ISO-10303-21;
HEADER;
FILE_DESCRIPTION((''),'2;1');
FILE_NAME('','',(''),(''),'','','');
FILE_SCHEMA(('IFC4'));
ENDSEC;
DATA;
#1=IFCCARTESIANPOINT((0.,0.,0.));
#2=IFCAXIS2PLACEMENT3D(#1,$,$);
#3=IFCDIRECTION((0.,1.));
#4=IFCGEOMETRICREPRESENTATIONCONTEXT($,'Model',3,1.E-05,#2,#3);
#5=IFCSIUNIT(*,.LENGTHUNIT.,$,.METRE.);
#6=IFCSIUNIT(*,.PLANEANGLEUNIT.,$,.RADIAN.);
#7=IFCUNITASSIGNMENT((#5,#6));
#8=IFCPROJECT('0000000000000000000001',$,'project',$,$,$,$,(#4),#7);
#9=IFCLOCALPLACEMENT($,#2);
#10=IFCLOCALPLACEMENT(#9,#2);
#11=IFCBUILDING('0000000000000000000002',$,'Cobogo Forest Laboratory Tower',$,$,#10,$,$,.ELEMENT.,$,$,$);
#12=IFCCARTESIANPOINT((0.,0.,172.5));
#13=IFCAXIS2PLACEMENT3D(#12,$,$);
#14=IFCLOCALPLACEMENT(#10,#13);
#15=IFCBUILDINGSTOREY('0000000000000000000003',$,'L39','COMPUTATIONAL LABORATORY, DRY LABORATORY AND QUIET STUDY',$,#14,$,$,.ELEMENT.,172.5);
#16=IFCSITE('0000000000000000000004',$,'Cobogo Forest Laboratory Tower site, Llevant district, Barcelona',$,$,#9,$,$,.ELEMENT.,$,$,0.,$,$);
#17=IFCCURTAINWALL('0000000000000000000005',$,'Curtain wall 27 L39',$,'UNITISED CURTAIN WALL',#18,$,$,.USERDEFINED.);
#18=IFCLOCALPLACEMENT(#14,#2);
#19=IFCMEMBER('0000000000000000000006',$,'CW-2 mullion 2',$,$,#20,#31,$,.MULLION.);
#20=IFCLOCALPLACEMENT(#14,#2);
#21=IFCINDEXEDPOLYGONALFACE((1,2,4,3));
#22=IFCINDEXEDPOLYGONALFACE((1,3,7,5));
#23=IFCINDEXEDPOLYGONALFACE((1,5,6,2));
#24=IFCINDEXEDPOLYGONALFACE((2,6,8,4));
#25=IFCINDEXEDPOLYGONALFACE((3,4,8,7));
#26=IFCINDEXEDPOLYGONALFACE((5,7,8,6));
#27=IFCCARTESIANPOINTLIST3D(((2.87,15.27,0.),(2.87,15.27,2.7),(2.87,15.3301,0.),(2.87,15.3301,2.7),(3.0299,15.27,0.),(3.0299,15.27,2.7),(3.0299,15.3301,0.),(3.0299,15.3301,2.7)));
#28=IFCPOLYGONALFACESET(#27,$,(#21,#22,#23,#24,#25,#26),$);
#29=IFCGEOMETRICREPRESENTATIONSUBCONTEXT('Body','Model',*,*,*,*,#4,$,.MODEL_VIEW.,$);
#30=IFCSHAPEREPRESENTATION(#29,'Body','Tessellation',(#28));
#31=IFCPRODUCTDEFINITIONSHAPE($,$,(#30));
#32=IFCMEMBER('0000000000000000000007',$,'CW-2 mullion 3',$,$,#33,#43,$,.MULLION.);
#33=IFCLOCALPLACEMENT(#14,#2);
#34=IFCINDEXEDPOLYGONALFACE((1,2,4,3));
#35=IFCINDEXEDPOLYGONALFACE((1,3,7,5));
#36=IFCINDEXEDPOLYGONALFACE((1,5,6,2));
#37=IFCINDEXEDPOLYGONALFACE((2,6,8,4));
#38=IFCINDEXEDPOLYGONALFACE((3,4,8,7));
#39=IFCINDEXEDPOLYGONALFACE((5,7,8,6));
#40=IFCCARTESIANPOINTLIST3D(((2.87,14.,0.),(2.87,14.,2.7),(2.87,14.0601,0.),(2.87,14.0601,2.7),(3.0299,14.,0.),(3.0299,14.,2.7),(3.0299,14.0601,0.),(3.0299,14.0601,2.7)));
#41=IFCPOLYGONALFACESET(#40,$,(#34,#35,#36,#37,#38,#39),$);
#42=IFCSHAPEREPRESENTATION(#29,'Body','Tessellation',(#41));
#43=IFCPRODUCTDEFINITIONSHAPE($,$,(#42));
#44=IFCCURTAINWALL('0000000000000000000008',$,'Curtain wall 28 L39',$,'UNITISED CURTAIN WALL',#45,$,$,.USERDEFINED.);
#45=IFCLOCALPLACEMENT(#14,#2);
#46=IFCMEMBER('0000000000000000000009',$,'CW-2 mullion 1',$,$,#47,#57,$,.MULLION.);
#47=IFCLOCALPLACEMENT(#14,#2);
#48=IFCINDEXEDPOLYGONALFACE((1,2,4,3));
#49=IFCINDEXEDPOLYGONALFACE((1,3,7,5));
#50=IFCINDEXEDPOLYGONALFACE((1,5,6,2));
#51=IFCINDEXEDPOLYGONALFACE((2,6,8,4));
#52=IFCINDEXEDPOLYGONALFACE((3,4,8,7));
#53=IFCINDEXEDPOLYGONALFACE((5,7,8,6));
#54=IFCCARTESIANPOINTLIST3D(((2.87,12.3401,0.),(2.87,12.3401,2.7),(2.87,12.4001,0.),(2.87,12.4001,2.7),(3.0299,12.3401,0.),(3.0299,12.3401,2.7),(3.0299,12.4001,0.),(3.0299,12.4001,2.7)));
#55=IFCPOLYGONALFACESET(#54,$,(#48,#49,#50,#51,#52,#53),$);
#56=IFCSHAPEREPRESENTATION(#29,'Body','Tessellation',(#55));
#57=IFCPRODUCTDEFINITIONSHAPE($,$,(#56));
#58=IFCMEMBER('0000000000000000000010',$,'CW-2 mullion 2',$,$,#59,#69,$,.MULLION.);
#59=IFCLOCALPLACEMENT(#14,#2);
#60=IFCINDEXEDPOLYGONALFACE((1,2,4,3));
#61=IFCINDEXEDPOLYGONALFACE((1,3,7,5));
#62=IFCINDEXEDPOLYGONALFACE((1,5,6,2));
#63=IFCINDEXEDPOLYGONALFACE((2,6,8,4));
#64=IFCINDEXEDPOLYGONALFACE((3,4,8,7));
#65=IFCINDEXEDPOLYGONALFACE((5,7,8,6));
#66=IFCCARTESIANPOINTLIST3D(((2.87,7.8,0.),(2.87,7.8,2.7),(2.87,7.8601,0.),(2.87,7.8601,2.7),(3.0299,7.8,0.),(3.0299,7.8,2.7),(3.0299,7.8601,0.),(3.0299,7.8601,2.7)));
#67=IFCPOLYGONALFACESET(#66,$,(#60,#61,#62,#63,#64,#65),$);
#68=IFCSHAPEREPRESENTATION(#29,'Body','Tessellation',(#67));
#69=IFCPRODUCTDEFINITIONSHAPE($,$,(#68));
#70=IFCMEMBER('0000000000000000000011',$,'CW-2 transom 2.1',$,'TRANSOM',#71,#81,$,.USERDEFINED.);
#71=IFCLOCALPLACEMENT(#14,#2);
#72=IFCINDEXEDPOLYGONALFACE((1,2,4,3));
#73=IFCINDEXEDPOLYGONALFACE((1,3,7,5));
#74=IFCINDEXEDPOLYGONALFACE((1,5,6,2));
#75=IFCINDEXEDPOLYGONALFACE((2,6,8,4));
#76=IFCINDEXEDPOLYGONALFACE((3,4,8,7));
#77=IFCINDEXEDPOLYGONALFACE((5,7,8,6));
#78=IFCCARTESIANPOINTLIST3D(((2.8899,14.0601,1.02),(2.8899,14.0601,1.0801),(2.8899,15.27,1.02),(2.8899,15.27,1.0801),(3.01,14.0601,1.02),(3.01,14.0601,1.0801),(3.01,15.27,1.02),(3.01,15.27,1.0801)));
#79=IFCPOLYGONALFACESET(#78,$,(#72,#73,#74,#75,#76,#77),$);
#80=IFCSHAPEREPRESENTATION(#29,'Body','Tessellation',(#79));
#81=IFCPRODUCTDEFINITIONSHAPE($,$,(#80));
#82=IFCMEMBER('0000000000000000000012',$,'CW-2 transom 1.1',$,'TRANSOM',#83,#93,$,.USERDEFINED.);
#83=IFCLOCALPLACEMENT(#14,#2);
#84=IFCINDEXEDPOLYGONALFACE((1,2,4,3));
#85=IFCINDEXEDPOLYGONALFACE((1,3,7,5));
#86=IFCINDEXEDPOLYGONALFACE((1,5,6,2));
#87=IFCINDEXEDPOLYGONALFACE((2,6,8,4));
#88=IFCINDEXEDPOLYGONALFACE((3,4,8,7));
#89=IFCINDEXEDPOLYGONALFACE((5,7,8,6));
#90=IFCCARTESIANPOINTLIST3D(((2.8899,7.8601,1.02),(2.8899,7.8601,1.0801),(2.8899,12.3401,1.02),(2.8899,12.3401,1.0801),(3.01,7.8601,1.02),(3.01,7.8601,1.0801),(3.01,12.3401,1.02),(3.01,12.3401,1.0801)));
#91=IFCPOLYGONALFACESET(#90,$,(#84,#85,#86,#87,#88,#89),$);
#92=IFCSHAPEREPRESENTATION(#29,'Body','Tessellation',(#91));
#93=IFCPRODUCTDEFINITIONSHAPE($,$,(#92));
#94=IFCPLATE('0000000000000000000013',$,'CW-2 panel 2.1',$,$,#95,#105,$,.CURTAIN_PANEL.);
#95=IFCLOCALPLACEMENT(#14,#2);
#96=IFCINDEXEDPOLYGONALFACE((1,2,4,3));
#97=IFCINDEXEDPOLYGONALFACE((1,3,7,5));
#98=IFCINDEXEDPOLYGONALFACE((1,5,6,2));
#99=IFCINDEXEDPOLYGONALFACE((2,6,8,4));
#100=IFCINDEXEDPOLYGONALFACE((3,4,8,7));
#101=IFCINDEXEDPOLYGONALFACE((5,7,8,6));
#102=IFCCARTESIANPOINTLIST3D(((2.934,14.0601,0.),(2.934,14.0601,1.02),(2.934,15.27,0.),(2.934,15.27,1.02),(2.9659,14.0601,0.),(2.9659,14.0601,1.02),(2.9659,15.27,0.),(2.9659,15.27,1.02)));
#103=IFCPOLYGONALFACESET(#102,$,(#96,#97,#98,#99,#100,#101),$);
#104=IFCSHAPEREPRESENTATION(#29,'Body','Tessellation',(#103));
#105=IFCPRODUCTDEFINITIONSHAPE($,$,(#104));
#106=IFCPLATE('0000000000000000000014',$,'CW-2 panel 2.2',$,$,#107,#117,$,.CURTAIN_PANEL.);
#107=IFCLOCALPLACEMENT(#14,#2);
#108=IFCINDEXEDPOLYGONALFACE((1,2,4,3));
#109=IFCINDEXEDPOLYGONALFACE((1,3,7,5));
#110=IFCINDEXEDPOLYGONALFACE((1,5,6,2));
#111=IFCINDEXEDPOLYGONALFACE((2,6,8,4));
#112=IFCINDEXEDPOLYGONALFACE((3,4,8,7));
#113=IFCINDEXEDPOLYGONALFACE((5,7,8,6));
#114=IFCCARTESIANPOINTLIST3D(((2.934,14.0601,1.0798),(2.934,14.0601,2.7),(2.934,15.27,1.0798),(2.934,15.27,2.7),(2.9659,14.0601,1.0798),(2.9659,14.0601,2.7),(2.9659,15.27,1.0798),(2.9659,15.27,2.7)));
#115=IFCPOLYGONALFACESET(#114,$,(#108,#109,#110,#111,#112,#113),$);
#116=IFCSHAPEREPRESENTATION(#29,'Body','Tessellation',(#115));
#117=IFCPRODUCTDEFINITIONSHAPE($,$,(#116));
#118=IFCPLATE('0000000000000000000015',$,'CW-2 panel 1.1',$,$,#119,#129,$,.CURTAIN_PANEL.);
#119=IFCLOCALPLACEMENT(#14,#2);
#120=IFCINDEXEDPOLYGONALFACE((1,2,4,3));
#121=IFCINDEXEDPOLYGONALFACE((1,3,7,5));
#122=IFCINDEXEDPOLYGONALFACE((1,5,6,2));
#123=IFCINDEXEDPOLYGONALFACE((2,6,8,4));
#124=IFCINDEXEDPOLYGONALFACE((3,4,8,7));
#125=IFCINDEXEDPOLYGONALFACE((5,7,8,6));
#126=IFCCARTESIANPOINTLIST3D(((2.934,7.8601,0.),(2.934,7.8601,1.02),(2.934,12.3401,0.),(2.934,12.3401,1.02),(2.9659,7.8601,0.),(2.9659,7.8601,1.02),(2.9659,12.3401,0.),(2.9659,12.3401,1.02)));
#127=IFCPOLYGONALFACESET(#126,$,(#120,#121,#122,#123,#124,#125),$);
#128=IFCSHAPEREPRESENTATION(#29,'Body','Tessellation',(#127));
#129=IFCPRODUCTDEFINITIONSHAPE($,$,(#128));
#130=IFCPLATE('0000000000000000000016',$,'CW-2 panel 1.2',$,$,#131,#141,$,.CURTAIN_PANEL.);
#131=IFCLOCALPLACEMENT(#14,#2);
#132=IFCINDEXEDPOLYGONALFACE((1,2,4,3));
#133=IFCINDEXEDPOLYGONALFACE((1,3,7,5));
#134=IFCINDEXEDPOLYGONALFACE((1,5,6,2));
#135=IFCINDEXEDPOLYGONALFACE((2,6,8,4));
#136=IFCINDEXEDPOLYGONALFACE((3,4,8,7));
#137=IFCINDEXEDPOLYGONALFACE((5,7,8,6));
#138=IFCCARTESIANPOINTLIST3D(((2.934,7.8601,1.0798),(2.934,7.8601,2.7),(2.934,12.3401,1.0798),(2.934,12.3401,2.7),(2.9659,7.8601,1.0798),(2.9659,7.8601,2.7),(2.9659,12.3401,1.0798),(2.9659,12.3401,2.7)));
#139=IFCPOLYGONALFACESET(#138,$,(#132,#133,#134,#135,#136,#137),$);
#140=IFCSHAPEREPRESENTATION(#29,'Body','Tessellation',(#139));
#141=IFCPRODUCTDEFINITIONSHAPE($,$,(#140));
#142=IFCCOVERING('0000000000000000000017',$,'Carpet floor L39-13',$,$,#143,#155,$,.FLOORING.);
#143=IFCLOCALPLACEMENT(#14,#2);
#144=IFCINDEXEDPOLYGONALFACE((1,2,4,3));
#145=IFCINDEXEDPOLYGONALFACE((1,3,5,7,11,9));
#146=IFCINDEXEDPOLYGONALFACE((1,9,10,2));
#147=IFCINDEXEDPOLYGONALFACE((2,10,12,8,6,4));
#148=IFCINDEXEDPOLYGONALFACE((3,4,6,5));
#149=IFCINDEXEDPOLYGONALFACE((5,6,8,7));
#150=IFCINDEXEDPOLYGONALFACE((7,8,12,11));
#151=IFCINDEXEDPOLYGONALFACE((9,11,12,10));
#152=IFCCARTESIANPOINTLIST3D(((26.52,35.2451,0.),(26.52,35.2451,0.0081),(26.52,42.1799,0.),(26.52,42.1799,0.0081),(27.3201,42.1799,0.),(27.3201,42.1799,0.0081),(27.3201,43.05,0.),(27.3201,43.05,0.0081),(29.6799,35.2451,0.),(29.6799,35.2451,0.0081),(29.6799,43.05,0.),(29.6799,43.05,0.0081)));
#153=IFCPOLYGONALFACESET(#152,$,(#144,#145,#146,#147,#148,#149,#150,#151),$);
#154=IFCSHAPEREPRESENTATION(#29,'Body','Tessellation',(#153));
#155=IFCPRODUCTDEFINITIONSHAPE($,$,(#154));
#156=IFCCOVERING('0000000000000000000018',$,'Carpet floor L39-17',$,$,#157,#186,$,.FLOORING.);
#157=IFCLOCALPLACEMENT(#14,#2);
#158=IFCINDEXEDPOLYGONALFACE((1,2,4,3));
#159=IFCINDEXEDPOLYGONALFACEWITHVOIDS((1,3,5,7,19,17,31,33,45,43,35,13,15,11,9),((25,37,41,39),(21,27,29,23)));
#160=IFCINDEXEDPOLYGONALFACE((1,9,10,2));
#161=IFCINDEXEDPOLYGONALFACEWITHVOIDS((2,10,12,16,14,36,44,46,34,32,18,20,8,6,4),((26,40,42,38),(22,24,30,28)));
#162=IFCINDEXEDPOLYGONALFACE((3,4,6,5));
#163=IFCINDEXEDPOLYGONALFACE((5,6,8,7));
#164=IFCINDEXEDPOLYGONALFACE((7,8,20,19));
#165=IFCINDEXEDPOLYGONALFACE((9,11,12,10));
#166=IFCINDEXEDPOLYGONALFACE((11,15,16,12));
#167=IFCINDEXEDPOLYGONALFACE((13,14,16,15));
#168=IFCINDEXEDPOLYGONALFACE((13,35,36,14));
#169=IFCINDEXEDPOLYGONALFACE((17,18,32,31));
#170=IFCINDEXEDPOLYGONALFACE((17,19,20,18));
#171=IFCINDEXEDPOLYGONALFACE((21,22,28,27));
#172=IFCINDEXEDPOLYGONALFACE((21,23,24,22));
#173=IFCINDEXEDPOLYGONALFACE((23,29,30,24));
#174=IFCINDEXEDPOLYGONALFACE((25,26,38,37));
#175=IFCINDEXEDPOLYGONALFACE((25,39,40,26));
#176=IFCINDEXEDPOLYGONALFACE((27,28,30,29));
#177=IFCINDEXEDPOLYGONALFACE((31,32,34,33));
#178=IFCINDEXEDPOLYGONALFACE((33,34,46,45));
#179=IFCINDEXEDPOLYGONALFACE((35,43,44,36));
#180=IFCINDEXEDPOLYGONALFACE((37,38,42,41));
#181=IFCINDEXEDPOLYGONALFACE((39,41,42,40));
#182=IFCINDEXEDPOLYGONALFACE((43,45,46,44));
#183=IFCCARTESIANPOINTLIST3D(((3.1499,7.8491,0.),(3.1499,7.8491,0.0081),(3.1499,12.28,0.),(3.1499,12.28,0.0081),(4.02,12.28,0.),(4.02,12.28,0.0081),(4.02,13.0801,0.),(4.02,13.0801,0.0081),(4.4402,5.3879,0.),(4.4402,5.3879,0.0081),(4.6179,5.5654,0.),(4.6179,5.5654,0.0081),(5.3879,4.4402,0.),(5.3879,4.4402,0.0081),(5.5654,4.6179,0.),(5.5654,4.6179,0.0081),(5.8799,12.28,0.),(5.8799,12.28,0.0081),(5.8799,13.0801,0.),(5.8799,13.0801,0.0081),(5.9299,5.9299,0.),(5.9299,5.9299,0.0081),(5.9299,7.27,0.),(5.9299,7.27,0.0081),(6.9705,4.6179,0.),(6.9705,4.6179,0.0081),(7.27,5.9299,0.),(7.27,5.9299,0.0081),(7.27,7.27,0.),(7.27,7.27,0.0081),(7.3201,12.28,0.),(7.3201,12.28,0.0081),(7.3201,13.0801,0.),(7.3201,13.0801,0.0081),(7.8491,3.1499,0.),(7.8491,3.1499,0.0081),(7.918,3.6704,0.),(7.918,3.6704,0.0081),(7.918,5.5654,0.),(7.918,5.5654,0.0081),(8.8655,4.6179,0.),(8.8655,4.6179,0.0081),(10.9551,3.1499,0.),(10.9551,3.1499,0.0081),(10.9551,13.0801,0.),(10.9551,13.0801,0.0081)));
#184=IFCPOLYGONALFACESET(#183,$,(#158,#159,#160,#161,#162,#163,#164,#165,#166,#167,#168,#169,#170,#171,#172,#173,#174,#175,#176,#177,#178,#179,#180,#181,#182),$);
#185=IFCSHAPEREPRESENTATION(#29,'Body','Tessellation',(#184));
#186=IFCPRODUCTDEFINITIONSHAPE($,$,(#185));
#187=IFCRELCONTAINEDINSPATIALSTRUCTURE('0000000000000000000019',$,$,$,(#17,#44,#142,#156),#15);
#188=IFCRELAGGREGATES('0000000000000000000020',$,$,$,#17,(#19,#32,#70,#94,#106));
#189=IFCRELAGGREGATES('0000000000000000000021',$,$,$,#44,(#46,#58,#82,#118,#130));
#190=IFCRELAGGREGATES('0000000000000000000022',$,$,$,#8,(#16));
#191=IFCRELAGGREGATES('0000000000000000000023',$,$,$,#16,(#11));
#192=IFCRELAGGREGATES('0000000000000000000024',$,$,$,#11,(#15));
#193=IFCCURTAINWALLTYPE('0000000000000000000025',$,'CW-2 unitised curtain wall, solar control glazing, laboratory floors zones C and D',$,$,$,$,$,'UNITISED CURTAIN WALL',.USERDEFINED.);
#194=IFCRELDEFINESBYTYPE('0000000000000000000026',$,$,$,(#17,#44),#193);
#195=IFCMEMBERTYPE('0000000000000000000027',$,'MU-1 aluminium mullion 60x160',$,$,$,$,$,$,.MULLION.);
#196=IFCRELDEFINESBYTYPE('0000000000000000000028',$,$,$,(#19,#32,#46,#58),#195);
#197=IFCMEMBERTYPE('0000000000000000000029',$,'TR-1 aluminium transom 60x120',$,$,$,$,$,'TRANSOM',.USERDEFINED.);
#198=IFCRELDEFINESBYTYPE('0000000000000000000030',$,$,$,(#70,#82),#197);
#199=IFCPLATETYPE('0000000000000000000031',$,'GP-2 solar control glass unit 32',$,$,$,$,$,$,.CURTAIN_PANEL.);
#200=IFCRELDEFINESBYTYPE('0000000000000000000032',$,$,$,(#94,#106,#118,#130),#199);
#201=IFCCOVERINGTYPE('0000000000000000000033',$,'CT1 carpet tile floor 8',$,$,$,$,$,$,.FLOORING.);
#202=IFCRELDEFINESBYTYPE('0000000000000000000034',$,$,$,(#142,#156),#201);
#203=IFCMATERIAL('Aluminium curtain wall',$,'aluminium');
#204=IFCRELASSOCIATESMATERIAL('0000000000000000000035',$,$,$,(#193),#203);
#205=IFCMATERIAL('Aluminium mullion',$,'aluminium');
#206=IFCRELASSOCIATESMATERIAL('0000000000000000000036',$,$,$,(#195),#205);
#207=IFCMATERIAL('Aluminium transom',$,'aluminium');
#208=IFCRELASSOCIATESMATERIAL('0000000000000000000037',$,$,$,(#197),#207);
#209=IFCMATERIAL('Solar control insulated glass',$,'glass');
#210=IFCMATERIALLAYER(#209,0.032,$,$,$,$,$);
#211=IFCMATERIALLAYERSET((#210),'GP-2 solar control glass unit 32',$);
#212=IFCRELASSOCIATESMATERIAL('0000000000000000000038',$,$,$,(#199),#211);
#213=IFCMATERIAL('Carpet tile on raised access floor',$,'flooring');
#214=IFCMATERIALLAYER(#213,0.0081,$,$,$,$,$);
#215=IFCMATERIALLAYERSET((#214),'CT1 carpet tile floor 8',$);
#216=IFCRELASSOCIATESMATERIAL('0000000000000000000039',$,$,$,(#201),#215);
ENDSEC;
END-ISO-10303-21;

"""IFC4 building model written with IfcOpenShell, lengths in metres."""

from ifc_helpers import new_model, si_unit, direction, frame, origin, origin_2d, place, context, subcontext, project, spatial, polyline, rectangle, outline, extrude, material, layer, layer_set, material_profile, profile_set, type_object, element, aggregate, save


model = new_model("IFC4")

# Units and contexts
model_context = context("Model", 3, precision=1e-05, world=origin(), true_north=direction((0.0, 1.0)))
body_context = subcontext(model_context, "Body", "Model", "MODEL_VIEW")
ifc_project = project(units=[si_unit("LENGTHUNIT", "METRE"), si_unit("PLANEANGLEUNIT", "RADIAN")], contexts=[model_context])

# Site, building, storey
site_placement = place(None, origin())
site = spatial("IfcSite", under=ifc_project, at=site_placement, Name="Cobogo Forest Laboratory Tower site, Llevant district, Barcelona", CompositionType="ELEMENT", RefElevation=0.0)
building_placement = place(site_placement, origin())
building = spatial("IfcBuilding", under=site, at=building_placement, Name="Cobogo Forest Laboratory Tower", CompositionType="ELEMENT")
storey_placement = place(building_placement, frame((0.0, 0.0, 172.5)))
storey = spatial("IfcBuildingStorey", under=building, at=storey_placement, Name="L39", Description="COMPUTATIONAL LABORATORY, DRY LABORATORY AND QUIET STUDY", CompositionType="ELEMENT", Elevation=172.5)

# Curtain walls, members
ifc_material_1 = material(Name="Aluminium curtain wall", Category="aluminium")
curtain_wall_type = type_object("IfcCurtainWallType", Name="CW-2 unitised curtain wall, solar control glazing, laboratory floors zones C and D", ElementType="UNITISED CURTAIN WALL", PredefinedType="USERDEFINED", material=ifc_material_1)
curtain_wall_1_placement = place(storey_placement, origin())
curtain_wall_1 = element("IfcCurtainWall", 1, at=curtain_wall_1_placement, inside=storey, type_object=curtain_wall_type, Name="Curtain wall 27 L39", ObjectType="UNITISED CURTAIN WALL", PredefinedType="USERDEFINED")
ifc_material_2 = material(Name="Aluminium mullion", Category="aluminium")
ifc_material_profile_1 = material_profile(ifc_material_2, rectangle(XDim=0.0601, YDim=0.1599, at=origin_2d()), Name="AL 60x160")
ifc_profile_set_1 = profile_set([ifc_material_profile_1], Name="Aluminium mullion")
member_type_1 = type_object("IfcMemberType", Name="MU-1 aluminium mullion 60x160", PredefinedType="MULLION", material=ifc_profile_set_1)
member_1_placement = place(storey_placement, frame((2.95, 15.3, 0.0), z_axis=(0.0, 0.0, 1.0), x_axis=(0.0, -1.0, 0.0)))
member_1 = element("IfcMember", 2, at=member_1_placement, type_object=member_type_1, Name="CW-2 mullion 2", PredefinedType="MULLION", context=body_context, shape_type="SweptSolid", body=[
    extrude(rectangle(XDim=0.0601, YDim=0.1599, at=origin_2d()), origin(), (0.0, 0.0, 1.0), 2.7),
])
member_2_placement = place(storey_placement, frame((2.95, 14.03, 0.0), z_axis=(0.0, 0.0, 1.0), x_axis=(0.0, -1.0, 0.0)))
member_2 = element("IfcMember", 3, at=member_2_placement, type_object=member_type_1, Name="CW-2 mullion 3", PredefinedType="MULLION", context=body_context, shape_type="SweptSolid", body=[
    extrude(rectangle(XDim=0.0601, YDim=0.1599, at=origin_2d()), origin(), (0.0, 0.0, 1.0), 2.7),
])
curtain_wall_2_placement = place(storey_placement, origin())
curtain_wall_2 = element("IfcCurtainWall", 4, at=curtain_wall_2_placement, inside=storey, type_object=curtain_wall_type, Name="Curtain wall 28 L39", ObjectType="UNITISED CURTAIN WALL", PredefinedType="USERDEFINED")
member_3_placement = place(storey_placement, frame((2.95, 12.3701, 0.0), z_axis=(0.0, 0.0, 1.0), x_axis=(0.0, -1.0, 0.0)))
member_3 = element("IfcMember", 5, at=member_3_placement, type_object=member_type_1, Name="CW-2 mullion 1", PredefinedType="MULLION", context=body_context, shape_type="SweptSolid", body=[
    extrude(rectangle(XDim=0.0601, YDim=0.1599, at=origin_2d()), origin(), (0.0, 0.0, 1.0), 2.7),
])
member_4_placement = place(storey_placement, frame((2.95, 7.8301, 0.0), z_axis=(0.0, 0.0, 1.0), x_axis=(0.0, -1.0, 0.0)))
member_4 = element("IfcMember", 6, at=member_4_placement, type_object=member_type_1, Name="CW-2 mullion 2", PredefinedType="MULLION", context=body_context, shape_type="SweptSolid", body=[
    extrude(rectangle(XDim=0.0601, YDim=0.1599, at=origin_2d()), origin(), (0.0, 0.0, 1.0), 2.7),
])

# Members
ifc_material_3 = material(Name="Aluminium transom", Category="aluminium")
ifc_material_profile_2 = material_profile(ifc_material_3, rectangle(XDim=0.1201, YDim=0.0601, at=origin_2d()), Name="AL 60x120")
ifc_profile_set_2 = profile_set([ifc_material_profile_2], Name="Aluminium transom")
member_type_2 = type_object("IfcMemberType", Name="TR-1 aluminium transom 60x120", ElementType="TRANSOM", PredefinedType="USERDEFINED", material=ifc_profile_set_2)
member_5_placement = place(storey_placement, frame((2.95, 15.27, 1.05), z_axis=(0.0, -1.0, 0.0), x_axis=(1.0, 0.0, 0.0)))
member_5 = element("IfcMember", 7, at=member_5_placement, type_object=member_type_2, Name="CW-2 transom 2.1", ObjectType="TRANSOM", PredefinedType="USERDEFINED", context=body_context, shape_type="SweptSolid", body=[
    extrude(rectangle(XDim=0.1201, YDim=0.0601, at=origin_2d()), origin(), (0.0, 0.0, 1.0), 1.21),
])
member_6_placement = place(storey_placement, frame((2.95, 12.3401, 1.05), z_axis=(0.0, -1.0, 0.0), x_axis=(1.0, 0.0, 0.0)))
member_6 = element("IfcMember", 8, at=member_6_placement, type_object=member_type_2, Name="CW-2 transom 1.1", ObjectType="TRANSOM", PredefinedType="USERDEFINED", context=body_context, shape_type="SweptSolid", body=[
    extrude(rectangle(XDim=0.1201, YDim=0.0601, at=origin_2d()), origin(), (0.0, 0.0, 1.0), 4.48),
])

# Plates
ifc_material_4 = material(Name="Solar control insulated glass", Category="glass")
ifc_layer_1 = layer(ifc_material_4, 0.032)
ifc_layer_set_1 = layer_set([ifc_layer_1], Name="GP-2 solar control glass unit 32")
plate_type_1 = type_object("IfcPlateType", Name="GP-2 solar control glass unit 32", PredefinedType="CURTAIN_PANEL", material=ifc_layer_set_1)
plate_1_placement = place(storey_placement, frame((2.95, 14.665, 0.0), z_axis=(0.0, 0.0, 1.0), x_axis=(0.0, -1.0, 0.0)))
plate_1 = element("IfcPlate", 9, at=plate_1_placement, type_object=plate_type_1, Name="CW-2 panel 2.1", PredefinedType="CURTAIN_PANEL", context=body_context, shape_type="SweptSolid", body=[
    extrude(rectangle(XDim=1.21, YDim=0.032, at=origin_2d()), origin(), (0.0, 0.0, 1.0), 1.02),
])
plate_2_placement = place(storey_placement, frame((2.95, 14.665, 1.0798), z_axis=(0.0, 0.0, 1.0), x_axis=(0.0, -1.0, 0.0)))
plate_2 = element("IfcPlate", 10, at=plate_2_placement, type_object=plate_type_1, Name="CW-2 panel 2.2", PredefinedType="CURTAIN_PANEL", context=body_context, shape_type="SweptSolid", body=[
    extrude(rectangle(XDim=1.21, YDim=0.032, at=origin_2d()), origin(), (0.0, 0.0, 1.0), 1.6201),
])
aggregate(curtain_wall_1, [member_1, member_2, member_5, plate_1, plate_2])
plate_3_placement = place(storey_placement, frame((2.95, 10.1001, 0.0), z_axis=(0.0, 0.0, 1.0), x_axis=(0.0, -1.0, 0.0)))
plate_3 = element("IfcPlate", 11, at=plate_3_placement, type_object=plate_type_1, Name="CW-2 panel 1.1", PredefinedType="CURTAIN_PANEL", context=body_context, shape_type="SweptSolid", body=[
    extrude(rectangle(XDim=4.48, YDim=0.032, at=origin_2d()), origin(), (0.0, 0.0, 1.0), 1.02),
])
plate_4_placement = place(storey_placement, frame((2.95, 10.1001, 1.0798), z_axis=(0.0, 0.0, 1.0), x_axis=(0.0, -1.0, 0.0)))
plate_4 = element("IfcPlate", 12, at=plate_4_placement, type_object=plate_type_1, Name="CW-2 panel 1.2", PredefinedType="CURTAIN_PANEL", context=body_context, shape_type="SweptSolid", body=[
    extrude(rectangle(XDim=4.48, YDim=0.032, at=origin_2d()), origin(), (0.0, 0.0, 1.0), 1.6201),
])
aggregate(curtain_wall_2, [member_3, member_4, member_6, plate_3, plate_4])

# Coverings
ifc_material_5 = material(Name="Carpet tile on raised access floor", Category="flooring")
ifc_layer_2 = layer(ifc_material_5, 0.0081)
ifc_layer_set_2 = layer_set([ifc_layer_2], Name="CT1 carpet tile floor 8")
covering_type_1 = type_object("IfcCoveringType", Name="CT1 carpet tile floor 8", PredefinedType="FLOORING", material=ifc_layer_set_2)
covering_1_placement = place(storey_placement, origin())
element("IfcCovering", 13, at=covering_1_placement, inside=storey, type_object=covering_type_1, Name="Carpet floor L39-13", PredefinedType="FLOORING", context=body_context, shape_type="SweptSolid", body=[
    extrude(outline(polyline([(26.52, 35.2451), (26.52, 42.1799), (27.3201, 42.1799), (27.3201, 43.05), (29.6799, 43.05), (29.6799, 35.2451), (26.52, 35.2451)])), origin(), (0.0, 0.0, 1.0), 0.0081),
])
covering_2_placement = place(storey_placement, origin())
element("IfcCovering", 14, at=covering_2_placement, inside=storey, type_object=covering_type_1, Name="Carpet floor L39-17", PredefinedType="FLOORING", context=body_context, shape_type="SweptSolid", body=[
    extrude(outline(polyline([(10.9551, 3.1499), (7.8491, 3.1499), (5.3879, 4.4402), (5.5654, 4.6179), (4.6179, 5.5654), (4.4402, 5.3879), (3.1499, 7.8491), (3.1499, 12.28), (4.02, 12.28), (4.02, 13.0801), (5.8799, 13.0801), (5.8799, 12.28), (7.3201, 12.28), (7.3201, 13.0801), (10.9551, 13.0801), (10.9551, 3.1499)]), holes=[polyline([(7.918, 3.6704), (8.8655, 4.6179), (7.918, 5.5654), (6.9705, 4.6179), (7.918, 3.6704)]), polyline([(5.9299, 5.9299), (7.27, 5.9299), (7.27, 7.27), (5.9299, 7.27), (5.9299, 5.9299)])]), origin(), (0.0, 0.0, 1.0), 0.0081),
])

save(model, "model.ifc")
